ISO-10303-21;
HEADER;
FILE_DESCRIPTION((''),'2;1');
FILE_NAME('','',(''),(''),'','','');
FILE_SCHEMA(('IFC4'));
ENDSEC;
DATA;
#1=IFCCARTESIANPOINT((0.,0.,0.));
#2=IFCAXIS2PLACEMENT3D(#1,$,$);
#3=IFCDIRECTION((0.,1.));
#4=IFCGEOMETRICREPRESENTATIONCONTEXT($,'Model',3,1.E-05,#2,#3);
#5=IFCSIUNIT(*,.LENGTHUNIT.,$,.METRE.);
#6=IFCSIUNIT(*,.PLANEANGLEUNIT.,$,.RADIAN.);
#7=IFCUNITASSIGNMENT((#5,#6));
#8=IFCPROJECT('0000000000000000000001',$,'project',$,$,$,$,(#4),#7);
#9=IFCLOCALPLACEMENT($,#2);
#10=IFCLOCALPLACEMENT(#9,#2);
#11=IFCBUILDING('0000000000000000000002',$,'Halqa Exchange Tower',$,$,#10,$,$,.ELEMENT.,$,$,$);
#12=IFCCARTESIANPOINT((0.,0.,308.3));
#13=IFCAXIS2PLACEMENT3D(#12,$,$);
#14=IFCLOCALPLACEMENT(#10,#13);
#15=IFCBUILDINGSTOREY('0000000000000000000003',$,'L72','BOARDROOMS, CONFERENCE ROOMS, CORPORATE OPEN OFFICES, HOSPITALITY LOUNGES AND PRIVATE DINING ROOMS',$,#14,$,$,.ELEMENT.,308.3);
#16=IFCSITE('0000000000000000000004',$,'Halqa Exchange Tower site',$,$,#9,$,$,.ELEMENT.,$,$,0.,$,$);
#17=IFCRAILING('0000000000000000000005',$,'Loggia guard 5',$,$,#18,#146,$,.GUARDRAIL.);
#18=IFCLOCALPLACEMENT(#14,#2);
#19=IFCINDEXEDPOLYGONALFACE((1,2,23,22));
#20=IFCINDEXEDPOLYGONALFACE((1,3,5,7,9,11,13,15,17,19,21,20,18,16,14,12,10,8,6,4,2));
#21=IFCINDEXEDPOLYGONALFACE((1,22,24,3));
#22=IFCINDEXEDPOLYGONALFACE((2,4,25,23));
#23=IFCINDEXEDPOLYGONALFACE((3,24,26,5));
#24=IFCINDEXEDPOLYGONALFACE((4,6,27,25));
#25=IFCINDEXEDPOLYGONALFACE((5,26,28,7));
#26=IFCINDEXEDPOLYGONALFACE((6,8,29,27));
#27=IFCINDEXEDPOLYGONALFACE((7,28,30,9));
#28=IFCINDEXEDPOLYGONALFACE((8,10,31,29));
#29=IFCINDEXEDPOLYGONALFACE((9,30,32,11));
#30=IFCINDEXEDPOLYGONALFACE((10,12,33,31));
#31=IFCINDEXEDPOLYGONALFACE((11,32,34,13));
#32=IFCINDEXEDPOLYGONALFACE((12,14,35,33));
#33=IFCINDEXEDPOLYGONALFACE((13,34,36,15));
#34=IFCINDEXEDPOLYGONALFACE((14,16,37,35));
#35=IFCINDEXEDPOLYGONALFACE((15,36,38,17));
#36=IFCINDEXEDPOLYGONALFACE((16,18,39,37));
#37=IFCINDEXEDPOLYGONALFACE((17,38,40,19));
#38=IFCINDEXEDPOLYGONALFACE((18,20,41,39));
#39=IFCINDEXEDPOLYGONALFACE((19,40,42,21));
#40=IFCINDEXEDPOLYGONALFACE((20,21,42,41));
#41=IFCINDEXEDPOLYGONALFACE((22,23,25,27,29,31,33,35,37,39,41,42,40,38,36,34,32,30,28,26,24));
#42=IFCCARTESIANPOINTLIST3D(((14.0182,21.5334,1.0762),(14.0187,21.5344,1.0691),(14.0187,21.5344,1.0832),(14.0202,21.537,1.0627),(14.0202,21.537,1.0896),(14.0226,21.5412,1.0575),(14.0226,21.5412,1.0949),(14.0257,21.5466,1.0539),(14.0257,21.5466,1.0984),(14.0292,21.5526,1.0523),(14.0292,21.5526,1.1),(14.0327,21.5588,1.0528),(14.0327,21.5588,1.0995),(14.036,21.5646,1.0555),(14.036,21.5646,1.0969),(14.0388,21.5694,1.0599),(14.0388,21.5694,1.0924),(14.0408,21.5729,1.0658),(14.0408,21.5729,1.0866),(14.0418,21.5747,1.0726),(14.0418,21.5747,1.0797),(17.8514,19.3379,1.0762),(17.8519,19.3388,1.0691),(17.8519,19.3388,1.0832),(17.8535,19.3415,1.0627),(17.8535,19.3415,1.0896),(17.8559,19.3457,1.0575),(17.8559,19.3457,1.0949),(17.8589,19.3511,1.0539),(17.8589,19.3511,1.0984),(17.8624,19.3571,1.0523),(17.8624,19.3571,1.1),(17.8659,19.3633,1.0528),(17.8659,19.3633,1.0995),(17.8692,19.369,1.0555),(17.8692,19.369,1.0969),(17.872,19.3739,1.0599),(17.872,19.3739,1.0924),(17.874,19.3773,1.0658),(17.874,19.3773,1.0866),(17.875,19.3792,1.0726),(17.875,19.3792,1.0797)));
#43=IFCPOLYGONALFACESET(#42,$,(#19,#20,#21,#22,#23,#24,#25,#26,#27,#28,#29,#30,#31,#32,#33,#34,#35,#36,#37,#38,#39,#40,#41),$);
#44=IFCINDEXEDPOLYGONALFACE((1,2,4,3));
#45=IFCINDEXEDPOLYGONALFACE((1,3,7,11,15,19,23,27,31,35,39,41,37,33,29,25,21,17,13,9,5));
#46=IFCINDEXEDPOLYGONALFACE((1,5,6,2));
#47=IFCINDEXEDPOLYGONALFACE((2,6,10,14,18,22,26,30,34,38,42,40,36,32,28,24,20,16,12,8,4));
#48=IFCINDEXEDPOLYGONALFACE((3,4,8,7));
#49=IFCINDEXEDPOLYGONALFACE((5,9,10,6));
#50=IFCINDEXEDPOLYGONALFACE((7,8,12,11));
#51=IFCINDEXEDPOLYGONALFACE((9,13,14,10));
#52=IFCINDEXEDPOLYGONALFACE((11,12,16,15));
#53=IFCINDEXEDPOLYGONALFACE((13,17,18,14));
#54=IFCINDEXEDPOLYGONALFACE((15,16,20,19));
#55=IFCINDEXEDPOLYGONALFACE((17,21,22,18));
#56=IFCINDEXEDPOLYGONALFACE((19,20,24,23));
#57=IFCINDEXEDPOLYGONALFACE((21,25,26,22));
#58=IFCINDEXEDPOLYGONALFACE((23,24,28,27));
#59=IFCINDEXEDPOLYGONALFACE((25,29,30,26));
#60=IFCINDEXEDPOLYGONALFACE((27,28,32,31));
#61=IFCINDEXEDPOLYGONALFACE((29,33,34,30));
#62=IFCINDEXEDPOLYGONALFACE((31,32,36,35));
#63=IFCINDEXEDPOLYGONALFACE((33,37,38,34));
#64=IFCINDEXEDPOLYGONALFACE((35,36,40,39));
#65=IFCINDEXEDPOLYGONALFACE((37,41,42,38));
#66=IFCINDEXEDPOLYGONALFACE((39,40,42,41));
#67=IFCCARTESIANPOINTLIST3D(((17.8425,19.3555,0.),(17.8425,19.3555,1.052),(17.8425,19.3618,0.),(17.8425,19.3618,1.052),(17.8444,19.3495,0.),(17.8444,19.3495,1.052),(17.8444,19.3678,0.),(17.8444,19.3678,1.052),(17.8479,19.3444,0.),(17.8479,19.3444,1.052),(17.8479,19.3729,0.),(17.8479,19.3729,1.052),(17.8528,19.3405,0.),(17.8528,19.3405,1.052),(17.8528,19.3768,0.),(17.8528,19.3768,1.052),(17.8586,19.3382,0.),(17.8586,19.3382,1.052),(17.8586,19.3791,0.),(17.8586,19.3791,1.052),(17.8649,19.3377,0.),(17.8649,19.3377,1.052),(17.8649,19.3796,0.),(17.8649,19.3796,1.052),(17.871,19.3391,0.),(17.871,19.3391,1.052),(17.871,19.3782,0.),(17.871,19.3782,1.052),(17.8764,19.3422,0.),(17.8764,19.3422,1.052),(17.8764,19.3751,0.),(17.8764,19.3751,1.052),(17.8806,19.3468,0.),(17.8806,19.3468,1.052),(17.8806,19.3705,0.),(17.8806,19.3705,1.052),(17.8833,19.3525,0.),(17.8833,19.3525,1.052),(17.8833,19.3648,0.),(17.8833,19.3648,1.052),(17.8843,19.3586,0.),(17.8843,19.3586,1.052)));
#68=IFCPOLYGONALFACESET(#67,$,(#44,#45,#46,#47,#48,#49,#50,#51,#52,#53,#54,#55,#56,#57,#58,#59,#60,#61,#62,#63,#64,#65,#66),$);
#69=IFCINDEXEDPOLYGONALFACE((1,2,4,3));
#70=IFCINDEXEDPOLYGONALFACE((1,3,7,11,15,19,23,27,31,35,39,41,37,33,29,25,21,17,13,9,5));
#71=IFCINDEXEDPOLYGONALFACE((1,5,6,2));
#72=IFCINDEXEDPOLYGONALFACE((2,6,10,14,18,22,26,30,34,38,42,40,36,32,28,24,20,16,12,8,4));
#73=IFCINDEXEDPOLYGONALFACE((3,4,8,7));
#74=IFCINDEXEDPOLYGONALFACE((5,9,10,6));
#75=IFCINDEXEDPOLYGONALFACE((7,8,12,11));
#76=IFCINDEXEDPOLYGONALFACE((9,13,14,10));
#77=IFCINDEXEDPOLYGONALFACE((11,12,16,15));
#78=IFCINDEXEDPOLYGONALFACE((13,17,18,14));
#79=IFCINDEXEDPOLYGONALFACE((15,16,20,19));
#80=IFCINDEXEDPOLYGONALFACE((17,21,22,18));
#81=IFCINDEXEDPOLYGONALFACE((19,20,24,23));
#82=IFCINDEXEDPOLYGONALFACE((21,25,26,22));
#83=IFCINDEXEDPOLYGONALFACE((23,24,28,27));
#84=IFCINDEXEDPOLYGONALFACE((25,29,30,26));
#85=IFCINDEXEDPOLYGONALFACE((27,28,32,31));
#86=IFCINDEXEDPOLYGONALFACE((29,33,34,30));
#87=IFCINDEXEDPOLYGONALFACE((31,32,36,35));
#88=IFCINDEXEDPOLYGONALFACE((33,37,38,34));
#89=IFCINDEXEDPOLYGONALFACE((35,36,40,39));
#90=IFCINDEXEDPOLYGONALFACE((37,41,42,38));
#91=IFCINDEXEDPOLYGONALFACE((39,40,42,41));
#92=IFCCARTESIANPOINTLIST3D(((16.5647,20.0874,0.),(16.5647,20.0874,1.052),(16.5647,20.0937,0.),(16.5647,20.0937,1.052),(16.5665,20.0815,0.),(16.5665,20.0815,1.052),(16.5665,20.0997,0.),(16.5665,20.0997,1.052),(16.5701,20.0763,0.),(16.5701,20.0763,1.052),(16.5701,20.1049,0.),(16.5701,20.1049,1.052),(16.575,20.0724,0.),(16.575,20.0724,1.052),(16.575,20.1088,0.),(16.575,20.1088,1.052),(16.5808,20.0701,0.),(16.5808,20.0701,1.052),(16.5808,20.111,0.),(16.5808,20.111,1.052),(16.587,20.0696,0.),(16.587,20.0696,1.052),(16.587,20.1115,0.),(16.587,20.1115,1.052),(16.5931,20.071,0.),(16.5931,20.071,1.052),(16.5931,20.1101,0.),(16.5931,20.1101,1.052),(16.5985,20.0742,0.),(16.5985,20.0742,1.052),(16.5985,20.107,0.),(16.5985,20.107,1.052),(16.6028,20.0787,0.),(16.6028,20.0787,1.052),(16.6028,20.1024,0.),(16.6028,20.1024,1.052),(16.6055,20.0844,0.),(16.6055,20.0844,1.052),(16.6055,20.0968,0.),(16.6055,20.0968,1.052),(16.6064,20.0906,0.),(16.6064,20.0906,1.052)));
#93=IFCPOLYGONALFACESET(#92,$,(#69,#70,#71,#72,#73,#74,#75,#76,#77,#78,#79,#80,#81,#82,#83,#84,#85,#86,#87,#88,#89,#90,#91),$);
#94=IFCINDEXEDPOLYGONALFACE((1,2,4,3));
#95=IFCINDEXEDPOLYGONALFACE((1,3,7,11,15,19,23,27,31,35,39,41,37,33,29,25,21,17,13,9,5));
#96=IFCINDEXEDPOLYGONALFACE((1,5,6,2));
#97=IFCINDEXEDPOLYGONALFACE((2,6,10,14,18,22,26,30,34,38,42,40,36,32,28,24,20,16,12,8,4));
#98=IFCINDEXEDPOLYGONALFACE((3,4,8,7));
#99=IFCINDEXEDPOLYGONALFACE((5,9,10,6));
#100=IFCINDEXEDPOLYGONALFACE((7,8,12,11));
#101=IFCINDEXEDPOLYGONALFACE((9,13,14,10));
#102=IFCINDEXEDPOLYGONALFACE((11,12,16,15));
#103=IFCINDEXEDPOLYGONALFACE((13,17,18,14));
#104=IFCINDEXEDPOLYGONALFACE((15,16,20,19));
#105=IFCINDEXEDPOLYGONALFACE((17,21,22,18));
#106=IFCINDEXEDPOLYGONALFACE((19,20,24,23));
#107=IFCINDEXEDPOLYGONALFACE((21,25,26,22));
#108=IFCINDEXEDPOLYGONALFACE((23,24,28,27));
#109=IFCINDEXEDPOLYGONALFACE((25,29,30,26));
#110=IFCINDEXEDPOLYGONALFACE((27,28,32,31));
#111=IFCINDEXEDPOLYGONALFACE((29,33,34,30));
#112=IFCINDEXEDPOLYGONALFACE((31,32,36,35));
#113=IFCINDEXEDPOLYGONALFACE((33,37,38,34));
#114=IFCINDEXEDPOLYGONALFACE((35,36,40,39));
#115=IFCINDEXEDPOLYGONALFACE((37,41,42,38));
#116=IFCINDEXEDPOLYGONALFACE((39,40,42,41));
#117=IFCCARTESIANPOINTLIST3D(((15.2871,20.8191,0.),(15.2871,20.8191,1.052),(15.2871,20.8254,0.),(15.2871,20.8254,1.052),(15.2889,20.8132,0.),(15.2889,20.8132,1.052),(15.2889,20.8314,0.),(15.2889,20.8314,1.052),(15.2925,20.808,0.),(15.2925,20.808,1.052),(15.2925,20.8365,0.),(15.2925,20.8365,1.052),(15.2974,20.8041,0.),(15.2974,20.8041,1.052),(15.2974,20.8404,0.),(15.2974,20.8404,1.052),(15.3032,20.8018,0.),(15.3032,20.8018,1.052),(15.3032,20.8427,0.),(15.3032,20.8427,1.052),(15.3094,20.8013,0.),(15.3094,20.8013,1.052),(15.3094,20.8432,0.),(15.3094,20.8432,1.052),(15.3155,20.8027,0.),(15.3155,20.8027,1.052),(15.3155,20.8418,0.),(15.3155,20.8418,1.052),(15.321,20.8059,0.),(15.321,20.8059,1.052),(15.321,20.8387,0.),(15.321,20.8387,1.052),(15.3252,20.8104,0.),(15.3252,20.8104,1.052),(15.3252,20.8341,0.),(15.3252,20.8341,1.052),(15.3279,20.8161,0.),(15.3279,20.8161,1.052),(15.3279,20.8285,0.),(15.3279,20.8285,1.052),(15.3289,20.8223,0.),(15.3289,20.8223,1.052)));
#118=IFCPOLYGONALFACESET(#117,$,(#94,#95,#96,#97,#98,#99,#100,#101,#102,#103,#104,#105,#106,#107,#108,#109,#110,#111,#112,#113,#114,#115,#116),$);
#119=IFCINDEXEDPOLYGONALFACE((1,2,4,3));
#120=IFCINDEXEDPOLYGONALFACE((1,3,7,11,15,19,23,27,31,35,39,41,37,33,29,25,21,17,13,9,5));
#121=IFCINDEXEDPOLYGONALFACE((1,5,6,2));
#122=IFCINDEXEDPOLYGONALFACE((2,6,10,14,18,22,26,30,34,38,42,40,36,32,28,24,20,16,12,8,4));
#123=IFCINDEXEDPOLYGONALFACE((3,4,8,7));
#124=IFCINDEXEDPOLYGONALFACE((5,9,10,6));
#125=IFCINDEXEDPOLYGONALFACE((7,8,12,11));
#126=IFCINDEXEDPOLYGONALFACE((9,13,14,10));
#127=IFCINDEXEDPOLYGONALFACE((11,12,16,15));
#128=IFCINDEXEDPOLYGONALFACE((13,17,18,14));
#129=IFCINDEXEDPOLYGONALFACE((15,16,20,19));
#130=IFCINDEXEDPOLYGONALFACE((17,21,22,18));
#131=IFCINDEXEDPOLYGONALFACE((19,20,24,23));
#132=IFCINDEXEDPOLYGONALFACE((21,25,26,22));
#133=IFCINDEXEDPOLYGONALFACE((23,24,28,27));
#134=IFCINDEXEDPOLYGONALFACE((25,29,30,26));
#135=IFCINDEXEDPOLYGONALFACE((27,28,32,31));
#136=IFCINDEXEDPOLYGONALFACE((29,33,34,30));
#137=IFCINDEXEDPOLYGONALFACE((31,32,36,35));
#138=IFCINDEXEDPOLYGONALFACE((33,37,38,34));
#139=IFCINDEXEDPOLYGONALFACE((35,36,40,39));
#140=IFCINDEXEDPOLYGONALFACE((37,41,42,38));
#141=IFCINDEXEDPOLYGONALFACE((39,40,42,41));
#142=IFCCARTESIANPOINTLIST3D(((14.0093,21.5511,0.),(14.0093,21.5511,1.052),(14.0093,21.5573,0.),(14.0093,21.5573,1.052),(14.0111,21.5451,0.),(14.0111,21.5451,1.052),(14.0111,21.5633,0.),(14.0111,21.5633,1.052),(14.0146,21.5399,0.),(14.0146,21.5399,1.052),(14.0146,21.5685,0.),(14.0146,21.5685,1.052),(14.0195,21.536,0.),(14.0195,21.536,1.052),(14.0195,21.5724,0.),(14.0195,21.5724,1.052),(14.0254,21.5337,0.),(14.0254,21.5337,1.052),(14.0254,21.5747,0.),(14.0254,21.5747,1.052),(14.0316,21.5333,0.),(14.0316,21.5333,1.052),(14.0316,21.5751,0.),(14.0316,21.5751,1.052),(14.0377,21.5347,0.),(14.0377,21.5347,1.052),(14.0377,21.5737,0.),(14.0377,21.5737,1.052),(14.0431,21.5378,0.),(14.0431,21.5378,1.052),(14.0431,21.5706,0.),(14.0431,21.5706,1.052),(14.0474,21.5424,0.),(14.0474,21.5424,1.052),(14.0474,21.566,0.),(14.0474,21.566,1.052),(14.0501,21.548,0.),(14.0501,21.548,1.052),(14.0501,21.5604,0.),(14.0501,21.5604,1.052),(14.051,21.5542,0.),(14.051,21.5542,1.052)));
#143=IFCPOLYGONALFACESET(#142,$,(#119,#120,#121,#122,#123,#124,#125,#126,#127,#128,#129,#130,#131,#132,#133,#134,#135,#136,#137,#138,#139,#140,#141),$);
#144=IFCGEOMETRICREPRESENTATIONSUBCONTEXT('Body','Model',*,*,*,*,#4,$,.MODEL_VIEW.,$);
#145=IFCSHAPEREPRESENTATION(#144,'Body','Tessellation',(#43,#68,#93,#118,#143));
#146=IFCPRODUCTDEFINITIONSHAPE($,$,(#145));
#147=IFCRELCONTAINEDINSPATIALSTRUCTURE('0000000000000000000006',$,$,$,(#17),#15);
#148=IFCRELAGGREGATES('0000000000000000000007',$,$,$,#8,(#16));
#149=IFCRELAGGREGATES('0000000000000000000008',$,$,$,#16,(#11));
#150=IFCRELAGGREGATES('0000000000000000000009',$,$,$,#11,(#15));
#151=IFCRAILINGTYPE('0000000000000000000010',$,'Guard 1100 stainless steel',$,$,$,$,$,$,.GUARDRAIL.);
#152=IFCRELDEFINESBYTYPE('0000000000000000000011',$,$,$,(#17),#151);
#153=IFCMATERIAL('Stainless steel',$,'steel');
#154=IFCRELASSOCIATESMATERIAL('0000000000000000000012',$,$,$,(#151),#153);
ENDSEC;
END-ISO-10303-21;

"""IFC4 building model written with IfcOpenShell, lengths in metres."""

from ifc_helpers import new_model, si_unit, direction, frame, origin, origin_2d, place, context, subcontext, project, spatial, circle, extrude, material, type_object, element, save


model = new_model("IFC4")

# Units and contexts
model_context = context("Model", 3, precision=1e-05, world=origin(), true_north=direction((0.0, 1.0)))
body_context = subcontext(model_context, "Body", "Model", "MODEL_VIEW")
ifc_project = project(units=[si_unit("LENGTHUNIT", "METRE"), si_unit("PLANEANGLEUNIT", "RADIAN")], contexts=[model_context])

# Site, building, storey
site_placement = place(None, origin())
site = spatial("IfcSite", under=ifc_project, at=site_placement, Name="Halqa Exchange Tower site", CompositionType="ELEMENT", RefElevation=0.0)
building_placement = place(site_placement, origin())
building = spatial("IfcBuilding", under=site, at=building_placement, Name="Halqa Exchange Tower", CompositionType="ELEMENT")
storey_placement = place(building_placement, frame((0.0, 0.0, 308.3)))
storey = spatial("IfcBuildingStorey", under=building, at=storey_placement, Name="L72", Description="BOARDROOMS, CONFERENCE ROOMS, CORPORATE OPEN OFFICES, HOSPITALITY LOUNGES AND PRIVATE DINING ROOMS", CompositionType="ELEMENT", Elevation=308.3)

# Railing
ifc_material_1 = material(Name="Stainless steel", Category="steel")
railing_type = type_object("IfcRailingType", Name="Guard 1100 stainless steel", PredefinedType="GUARDRAIL", material=ifc_material_1)
railing_1_placement = place(storey_placement, frame((17.8633, 19.3586, 0.0)))
element("IfcRailing", 1, at=railing_1_placement, inside=storey, type_object=railing_type, Name="Loggia guard 5", PredefinedType="GUARDRAIL", context=body_context, shape_type="SweptSolid", body=[
    extrude(circle(Radius=0.0239, at=origin_2d()), frame((0.0, 0.0, 1.0762), z_axis=(-0.867743, 0.497014, 0.0), x_axis=(-0.497014, -0.867743, 0.0)), (0.0, 0.0, 1.0), 4.4175),
    extrude(circle(Radius=0.021, at=origin_2d()), origin(), (0.0, 0.0, 1.0), 1.052),
    extrude(circle(Radius=0.021, at=origin_2d()), frame((-1.2778, 0.7319, 0.0)), (0.0, 0.0, 1.0), 1.052),
    extrude(circle(Radius=0.021, at=origin_2d()), frame((-2.5554, 1.4636, 0.0)), (0.0, 0.0, 1.0), 1.052),
    extrude(circle(Radius=0.021, at=origin_2d()), frame((-3.8333, 2.1956, 0.0)), (0.0, 0.0, 1.0), 1.052),
])

save(model, "model.ifc")
